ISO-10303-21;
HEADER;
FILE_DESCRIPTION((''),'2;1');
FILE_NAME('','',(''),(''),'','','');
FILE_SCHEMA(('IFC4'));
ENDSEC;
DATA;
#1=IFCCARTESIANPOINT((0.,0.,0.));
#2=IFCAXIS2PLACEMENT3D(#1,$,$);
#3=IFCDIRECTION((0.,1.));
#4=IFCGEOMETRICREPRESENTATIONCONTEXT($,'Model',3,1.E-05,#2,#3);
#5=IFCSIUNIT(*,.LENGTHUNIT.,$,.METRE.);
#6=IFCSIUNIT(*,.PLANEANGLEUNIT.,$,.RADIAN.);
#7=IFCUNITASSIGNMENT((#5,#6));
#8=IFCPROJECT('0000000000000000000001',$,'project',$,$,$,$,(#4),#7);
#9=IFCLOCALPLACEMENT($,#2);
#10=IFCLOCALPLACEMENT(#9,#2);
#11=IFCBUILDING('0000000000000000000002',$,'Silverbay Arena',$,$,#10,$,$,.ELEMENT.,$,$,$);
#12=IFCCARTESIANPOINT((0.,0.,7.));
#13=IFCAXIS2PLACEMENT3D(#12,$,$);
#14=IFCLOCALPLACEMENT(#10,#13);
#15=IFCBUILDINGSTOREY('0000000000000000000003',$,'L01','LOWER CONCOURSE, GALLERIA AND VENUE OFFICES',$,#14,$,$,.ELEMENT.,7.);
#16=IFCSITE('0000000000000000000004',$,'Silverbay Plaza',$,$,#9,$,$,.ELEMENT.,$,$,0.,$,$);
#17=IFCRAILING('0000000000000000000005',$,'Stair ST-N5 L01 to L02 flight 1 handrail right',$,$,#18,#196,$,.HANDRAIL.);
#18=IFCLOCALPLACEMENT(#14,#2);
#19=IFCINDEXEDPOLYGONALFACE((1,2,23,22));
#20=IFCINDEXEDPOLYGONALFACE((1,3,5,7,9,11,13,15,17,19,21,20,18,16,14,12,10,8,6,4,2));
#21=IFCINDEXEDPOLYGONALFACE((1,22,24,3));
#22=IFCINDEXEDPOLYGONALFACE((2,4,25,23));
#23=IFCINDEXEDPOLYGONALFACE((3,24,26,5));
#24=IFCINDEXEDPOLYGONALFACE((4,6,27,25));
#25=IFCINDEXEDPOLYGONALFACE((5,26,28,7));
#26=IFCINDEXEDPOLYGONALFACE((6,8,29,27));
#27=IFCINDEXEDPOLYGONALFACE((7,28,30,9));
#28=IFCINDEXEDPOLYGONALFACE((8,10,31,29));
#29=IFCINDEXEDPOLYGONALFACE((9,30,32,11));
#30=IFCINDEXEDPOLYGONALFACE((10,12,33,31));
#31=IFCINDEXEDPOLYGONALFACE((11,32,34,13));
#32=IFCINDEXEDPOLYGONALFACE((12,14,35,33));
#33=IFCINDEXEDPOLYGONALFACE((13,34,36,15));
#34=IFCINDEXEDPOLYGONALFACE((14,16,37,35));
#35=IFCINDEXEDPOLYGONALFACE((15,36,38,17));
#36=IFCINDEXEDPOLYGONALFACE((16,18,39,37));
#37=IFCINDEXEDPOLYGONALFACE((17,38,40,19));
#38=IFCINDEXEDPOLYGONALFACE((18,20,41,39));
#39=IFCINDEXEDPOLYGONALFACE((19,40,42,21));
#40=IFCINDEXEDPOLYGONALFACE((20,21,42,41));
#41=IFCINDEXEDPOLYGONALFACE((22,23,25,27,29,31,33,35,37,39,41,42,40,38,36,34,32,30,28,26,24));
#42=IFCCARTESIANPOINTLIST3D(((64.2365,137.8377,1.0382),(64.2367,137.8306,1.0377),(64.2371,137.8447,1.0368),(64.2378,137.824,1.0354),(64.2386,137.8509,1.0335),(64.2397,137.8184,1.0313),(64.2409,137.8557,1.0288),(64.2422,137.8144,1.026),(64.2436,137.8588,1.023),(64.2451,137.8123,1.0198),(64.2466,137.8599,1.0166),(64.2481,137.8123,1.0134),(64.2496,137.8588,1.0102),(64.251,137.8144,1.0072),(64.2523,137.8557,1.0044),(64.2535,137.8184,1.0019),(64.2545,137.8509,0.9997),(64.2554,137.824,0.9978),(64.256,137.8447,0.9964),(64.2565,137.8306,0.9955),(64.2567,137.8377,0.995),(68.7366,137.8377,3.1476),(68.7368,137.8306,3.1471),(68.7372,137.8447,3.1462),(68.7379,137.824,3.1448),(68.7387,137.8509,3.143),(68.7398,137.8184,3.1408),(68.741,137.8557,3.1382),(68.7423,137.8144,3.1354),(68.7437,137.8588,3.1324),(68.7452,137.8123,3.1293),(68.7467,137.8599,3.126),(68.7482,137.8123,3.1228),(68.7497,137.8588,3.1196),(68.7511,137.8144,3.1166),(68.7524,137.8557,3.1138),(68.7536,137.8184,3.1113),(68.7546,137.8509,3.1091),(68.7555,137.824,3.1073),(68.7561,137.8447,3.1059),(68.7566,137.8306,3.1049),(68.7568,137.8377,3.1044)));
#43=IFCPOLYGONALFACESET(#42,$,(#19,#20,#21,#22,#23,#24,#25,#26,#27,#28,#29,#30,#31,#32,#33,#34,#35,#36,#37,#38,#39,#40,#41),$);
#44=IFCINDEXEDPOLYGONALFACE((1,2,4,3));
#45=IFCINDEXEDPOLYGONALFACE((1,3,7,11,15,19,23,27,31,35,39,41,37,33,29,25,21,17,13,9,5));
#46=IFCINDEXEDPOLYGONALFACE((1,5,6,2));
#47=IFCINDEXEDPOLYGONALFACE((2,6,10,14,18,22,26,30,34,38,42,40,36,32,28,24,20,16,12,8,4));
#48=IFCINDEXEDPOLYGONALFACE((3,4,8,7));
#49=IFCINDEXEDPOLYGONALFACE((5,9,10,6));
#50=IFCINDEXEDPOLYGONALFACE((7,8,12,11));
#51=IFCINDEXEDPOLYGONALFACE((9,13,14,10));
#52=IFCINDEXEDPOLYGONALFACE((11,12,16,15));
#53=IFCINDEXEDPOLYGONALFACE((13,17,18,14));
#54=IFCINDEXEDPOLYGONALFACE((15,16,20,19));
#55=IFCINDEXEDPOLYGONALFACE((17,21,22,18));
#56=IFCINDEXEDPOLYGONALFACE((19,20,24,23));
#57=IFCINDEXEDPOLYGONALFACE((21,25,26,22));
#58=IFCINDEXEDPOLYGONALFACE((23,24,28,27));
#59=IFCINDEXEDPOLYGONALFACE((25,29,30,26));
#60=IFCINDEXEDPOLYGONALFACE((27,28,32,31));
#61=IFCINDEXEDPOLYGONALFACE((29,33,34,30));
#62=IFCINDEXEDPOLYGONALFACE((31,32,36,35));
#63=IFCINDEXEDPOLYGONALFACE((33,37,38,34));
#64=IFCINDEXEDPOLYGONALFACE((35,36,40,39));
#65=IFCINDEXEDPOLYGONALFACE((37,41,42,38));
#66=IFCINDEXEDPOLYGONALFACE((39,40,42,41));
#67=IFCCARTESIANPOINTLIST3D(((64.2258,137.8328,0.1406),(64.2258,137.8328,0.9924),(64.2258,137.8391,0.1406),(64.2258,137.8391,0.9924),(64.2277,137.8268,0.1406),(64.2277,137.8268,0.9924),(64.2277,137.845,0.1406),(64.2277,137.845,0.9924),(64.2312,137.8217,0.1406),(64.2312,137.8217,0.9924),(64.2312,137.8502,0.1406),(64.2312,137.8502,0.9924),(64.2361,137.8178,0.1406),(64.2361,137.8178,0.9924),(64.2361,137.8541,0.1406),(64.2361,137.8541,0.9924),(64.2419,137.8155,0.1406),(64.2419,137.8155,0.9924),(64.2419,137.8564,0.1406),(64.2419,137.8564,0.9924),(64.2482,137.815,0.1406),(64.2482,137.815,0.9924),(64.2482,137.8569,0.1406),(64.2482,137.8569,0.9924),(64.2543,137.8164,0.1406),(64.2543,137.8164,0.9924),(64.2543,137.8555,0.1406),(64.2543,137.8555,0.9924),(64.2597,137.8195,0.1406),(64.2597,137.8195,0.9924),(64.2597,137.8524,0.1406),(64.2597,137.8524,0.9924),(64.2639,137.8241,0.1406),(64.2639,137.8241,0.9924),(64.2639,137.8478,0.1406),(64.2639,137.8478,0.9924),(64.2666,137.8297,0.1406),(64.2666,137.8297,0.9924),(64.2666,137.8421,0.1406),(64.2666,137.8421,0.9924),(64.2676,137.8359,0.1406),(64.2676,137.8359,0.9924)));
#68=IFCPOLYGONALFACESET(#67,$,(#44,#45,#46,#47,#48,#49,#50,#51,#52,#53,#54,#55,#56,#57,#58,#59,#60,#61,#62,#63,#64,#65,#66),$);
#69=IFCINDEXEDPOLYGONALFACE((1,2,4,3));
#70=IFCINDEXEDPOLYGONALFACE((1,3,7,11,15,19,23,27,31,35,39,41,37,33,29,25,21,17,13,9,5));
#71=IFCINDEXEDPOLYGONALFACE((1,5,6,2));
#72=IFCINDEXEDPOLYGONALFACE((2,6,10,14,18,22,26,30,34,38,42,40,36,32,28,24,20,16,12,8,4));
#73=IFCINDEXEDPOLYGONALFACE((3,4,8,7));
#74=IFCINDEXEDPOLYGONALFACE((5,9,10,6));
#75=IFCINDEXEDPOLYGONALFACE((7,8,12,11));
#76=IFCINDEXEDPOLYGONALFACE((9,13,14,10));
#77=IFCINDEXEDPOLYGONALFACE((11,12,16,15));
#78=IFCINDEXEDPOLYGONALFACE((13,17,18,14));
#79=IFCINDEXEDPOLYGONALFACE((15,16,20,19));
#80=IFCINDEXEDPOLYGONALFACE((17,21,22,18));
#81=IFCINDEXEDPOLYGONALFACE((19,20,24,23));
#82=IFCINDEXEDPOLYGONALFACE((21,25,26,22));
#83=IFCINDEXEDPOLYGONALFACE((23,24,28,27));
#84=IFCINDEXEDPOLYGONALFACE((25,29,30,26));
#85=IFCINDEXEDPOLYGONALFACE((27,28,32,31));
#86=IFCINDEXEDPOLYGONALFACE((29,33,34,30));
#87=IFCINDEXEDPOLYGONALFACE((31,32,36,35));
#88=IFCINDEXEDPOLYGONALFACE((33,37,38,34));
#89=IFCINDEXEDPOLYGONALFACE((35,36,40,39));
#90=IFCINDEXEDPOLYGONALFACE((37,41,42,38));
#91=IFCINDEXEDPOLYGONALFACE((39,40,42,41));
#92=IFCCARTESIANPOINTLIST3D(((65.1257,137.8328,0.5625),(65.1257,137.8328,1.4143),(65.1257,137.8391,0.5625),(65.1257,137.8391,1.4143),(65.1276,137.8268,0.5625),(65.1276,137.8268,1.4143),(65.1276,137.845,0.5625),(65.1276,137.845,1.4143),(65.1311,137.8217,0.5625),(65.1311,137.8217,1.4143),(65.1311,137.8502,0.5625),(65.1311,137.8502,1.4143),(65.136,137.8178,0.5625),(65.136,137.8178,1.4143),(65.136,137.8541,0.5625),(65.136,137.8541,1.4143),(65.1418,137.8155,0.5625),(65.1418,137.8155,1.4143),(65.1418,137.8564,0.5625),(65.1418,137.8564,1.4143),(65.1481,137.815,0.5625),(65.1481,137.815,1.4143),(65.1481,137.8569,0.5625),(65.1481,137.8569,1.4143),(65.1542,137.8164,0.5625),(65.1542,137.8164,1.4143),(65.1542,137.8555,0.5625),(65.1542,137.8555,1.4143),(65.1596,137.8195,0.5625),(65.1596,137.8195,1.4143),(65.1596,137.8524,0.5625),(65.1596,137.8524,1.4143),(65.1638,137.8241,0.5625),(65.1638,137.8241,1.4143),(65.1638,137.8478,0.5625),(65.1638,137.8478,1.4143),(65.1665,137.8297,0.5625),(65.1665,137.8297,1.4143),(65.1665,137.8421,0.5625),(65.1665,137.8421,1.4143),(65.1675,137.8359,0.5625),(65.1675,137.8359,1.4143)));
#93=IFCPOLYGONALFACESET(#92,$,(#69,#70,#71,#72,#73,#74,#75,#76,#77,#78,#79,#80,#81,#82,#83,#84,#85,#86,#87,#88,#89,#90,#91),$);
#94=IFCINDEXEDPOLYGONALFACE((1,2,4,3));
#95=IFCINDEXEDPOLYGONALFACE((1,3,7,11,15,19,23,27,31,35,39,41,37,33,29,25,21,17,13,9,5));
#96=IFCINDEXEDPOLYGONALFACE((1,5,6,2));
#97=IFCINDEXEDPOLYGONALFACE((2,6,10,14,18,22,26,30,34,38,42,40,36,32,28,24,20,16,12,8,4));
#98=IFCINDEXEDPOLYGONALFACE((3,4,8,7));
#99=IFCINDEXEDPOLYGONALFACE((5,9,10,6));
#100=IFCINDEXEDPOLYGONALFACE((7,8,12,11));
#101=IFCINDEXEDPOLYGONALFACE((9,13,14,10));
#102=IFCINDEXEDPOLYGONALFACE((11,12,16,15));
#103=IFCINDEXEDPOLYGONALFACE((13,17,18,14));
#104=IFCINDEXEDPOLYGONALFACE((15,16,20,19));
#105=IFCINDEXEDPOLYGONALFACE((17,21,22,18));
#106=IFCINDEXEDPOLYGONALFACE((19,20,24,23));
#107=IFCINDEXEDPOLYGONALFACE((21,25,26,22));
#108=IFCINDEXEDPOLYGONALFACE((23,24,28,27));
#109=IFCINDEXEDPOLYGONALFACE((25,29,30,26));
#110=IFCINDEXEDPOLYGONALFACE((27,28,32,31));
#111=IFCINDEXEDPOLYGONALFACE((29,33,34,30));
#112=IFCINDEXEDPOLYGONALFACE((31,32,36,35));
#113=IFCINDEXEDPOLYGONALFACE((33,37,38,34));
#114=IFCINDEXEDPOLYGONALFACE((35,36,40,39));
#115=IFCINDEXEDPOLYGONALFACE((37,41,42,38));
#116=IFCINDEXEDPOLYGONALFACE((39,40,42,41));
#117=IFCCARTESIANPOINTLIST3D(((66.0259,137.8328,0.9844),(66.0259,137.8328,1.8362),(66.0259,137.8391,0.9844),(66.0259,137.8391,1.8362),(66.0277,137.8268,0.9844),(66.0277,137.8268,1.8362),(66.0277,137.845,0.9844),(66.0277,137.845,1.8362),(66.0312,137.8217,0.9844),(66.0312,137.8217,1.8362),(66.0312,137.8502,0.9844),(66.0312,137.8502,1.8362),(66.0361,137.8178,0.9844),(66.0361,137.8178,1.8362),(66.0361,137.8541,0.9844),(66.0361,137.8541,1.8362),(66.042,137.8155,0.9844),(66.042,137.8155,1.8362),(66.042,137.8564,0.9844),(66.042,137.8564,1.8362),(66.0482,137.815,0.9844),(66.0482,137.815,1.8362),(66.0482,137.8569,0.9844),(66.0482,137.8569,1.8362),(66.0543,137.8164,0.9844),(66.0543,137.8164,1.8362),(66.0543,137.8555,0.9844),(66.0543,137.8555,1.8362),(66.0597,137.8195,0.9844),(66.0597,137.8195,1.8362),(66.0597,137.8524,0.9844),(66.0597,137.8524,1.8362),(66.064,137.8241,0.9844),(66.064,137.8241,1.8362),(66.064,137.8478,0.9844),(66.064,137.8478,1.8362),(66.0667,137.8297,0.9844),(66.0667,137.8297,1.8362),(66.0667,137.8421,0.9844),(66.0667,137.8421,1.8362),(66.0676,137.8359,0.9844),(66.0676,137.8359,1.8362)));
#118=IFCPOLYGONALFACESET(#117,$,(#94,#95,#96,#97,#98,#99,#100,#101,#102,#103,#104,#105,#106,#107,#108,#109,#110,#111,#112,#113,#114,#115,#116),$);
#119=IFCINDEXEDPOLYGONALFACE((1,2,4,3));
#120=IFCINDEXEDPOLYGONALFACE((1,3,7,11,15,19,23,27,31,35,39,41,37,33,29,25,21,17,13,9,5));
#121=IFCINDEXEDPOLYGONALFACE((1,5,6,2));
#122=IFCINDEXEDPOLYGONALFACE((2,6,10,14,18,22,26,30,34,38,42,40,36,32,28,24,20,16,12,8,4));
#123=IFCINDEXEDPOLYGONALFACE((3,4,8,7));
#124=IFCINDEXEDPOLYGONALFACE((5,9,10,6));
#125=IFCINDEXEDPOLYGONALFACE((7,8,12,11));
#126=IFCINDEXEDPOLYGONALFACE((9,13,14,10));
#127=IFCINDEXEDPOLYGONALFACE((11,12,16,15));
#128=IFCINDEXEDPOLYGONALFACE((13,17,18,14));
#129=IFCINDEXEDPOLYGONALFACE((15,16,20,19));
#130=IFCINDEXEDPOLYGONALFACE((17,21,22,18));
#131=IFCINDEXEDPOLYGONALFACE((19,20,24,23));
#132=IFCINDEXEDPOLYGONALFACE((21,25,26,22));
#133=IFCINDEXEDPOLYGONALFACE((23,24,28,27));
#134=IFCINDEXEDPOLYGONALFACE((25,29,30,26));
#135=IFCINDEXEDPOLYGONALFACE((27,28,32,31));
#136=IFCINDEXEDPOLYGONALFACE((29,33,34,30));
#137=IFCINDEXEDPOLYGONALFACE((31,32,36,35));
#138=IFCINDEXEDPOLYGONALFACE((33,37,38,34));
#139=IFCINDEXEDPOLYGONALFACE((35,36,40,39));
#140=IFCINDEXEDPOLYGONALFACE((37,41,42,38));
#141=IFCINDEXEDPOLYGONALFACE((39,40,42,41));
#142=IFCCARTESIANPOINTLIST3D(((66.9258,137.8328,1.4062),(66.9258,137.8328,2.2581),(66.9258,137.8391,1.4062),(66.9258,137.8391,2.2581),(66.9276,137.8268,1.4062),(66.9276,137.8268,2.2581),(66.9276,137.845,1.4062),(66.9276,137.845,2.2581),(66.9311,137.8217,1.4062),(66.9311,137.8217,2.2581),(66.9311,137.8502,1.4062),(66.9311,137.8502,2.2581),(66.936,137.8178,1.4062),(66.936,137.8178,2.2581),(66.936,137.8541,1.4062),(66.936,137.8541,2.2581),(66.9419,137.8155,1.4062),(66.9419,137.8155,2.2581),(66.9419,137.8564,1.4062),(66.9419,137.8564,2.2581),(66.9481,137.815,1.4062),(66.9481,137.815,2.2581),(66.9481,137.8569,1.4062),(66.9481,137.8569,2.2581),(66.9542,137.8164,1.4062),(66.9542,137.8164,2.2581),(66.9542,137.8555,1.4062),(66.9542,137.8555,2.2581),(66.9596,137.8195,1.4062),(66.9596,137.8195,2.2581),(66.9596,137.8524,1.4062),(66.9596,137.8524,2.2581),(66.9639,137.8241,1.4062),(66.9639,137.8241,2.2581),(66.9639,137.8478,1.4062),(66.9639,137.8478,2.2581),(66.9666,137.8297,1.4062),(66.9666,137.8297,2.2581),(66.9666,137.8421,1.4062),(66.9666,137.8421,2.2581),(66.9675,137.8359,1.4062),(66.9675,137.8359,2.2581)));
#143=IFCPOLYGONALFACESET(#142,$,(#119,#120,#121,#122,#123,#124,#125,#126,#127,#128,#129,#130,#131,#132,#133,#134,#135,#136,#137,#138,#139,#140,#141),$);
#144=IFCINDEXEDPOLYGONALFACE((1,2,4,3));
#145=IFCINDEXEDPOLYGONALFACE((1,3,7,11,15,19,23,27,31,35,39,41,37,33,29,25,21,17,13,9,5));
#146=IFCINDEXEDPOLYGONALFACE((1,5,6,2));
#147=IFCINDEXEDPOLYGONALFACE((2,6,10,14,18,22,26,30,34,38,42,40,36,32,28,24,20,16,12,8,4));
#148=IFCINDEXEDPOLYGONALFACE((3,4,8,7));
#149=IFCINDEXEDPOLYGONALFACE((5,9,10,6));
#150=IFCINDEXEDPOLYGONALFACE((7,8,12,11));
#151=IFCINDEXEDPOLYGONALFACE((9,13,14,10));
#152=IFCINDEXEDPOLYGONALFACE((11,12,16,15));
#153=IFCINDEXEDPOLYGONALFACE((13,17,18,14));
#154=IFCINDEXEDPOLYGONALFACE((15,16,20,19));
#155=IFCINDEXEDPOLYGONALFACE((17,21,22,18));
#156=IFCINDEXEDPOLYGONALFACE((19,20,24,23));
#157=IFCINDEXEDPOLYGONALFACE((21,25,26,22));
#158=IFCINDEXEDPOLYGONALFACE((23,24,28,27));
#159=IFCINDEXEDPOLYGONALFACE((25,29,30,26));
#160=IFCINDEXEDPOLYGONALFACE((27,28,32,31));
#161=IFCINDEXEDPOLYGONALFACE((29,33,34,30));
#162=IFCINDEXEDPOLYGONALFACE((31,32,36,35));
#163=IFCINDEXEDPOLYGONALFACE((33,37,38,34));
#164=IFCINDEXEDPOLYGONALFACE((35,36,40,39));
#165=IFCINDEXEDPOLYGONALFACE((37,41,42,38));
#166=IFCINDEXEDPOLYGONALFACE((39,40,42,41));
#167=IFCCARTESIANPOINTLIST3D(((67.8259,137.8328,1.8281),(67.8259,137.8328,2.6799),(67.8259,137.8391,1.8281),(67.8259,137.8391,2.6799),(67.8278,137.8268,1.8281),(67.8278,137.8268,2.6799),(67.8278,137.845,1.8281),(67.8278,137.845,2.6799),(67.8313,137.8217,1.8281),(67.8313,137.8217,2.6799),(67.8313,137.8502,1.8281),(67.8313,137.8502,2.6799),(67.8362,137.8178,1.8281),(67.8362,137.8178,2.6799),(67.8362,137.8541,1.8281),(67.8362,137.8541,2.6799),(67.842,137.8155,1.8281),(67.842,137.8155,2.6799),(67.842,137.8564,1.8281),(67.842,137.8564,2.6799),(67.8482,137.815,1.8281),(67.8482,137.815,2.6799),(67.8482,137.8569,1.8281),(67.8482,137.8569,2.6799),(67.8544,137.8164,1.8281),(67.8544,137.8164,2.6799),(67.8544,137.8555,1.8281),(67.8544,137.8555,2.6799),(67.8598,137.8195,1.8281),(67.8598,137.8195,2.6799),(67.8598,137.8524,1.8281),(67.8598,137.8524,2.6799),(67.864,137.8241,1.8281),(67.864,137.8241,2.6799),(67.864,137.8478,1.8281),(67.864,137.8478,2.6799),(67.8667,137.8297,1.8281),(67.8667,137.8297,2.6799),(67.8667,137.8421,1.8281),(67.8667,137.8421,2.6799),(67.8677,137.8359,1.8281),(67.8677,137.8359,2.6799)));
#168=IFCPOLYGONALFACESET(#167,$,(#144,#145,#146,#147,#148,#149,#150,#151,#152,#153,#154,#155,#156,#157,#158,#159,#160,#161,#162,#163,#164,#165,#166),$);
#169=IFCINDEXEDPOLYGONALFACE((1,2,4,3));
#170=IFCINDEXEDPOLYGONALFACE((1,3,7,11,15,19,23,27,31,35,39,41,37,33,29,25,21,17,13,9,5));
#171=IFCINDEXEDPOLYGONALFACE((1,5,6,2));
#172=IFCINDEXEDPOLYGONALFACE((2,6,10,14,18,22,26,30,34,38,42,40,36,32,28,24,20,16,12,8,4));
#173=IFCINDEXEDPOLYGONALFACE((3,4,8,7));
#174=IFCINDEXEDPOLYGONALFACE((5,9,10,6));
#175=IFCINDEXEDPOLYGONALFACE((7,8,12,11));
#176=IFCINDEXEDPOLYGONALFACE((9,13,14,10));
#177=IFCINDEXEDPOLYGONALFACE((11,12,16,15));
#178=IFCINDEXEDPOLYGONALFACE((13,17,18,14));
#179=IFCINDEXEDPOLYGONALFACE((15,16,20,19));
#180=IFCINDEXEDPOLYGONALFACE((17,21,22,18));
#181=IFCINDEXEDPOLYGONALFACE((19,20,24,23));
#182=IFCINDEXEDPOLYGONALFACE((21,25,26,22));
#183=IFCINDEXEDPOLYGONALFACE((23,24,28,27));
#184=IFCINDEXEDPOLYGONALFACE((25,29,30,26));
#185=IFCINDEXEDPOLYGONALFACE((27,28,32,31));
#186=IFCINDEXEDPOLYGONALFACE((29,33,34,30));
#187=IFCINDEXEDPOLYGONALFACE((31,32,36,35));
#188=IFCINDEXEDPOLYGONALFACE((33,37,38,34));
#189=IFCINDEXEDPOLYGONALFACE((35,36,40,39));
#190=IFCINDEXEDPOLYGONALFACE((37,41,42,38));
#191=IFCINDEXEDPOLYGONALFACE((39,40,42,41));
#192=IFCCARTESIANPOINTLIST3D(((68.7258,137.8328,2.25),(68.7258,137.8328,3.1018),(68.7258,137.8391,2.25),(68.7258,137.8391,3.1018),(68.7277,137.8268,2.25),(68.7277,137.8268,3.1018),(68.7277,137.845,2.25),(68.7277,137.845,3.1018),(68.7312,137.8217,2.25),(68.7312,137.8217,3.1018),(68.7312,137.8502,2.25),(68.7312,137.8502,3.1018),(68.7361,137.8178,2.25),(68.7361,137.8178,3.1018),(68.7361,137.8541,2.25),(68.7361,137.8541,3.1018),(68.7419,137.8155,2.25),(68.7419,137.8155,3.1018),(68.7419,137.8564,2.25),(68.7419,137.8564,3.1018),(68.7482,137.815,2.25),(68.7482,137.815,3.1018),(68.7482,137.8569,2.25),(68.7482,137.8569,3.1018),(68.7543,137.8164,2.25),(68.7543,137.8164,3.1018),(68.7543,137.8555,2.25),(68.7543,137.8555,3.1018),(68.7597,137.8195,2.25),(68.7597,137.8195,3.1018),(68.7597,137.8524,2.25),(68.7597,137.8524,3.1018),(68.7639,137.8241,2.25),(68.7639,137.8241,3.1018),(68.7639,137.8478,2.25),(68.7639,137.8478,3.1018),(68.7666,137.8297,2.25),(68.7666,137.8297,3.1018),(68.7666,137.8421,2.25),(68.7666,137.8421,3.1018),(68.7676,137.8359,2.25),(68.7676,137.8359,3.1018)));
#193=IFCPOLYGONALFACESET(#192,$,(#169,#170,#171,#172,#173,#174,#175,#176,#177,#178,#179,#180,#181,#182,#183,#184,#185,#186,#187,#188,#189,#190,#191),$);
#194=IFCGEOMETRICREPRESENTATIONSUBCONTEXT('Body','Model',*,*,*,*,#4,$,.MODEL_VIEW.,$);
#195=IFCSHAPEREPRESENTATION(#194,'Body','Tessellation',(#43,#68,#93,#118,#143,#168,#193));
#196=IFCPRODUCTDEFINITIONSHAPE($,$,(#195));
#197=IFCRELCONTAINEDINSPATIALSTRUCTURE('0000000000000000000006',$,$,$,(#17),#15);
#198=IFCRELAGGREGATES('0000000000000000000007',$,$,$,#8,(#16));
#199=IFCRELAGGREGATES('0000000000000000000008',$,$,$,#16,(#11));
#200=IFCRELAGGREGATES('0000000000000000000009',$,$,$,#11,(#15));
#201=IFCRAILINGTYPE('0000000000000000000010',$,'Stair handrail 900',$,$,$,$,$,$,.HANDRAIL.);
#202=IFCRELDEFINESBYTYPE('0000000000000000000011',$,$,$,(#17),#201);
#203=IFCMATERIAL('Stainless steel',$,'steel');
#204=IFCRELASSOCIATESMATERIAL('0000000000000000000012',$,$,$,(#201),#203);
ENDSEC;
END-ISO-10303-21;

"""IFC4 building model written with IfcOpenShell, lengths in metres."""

from ifc_helpers import new_model, si_unit, direction, frame, origin, origin_2d, place, context, subcontext, project, spatial, circle, extrude, material, type_object, element, save


model = new_model("IFC4")

# Units and contexts
model_context = context("Model", 3, precision=1e-05, world=origin(), true_north=direction((0.0, 1.0)))
body_context = subcontext(model_context, "Body", "Model", "MODEL_VIEW")
ifc_project = project(units=[si_unit("LENGTHUNIT", "METRE"), si_unit("PLANEANGLEUNIT", "RADIAN")], contexts=[model_context])

# Site, building, storey
site_placement = place(None, origin())
site = spatial("IfcSite", under=ifc_project, at=site_placement, Name="Silverbay Plaza", CompositionType="ELEMENT", RefElevation=0.0)
building_placement = place(site_placement, origin())
building = spatial("IfcBuilding", under=site, at=building_placement, Name="Silverbay Arena", CompositionType="ELEMENT")
storey_placement = place(building_placement, frame((0.0, 0.0, 7.0)))
storey = spatial("IfcBuildingStorey", under=building, at=storey_placement, Name="L01", Description="LOWER CONCOURSE, GALLERIA AND VENUE OFFICES", CompositionType="ELEMENT", Elevation=7.0)

# Railing
ifc_material_1 = material(Name="Stainless steel", Category="steel")
railing_type_1 = type_object("IfcRailingType", Name="Stair handrail 900", PredefinedType="HANDRAIL", material=ifc_material_1)
for number, where, name in (
    (1, (64.2466, 137.8359, 0.1406), "Stair ST-N5 L01 to L02 flight 1 handrail right"),
):
    element("IfcRailing", number, at=place(storey_placement, frame(where)), inside=storey, type_object=railing_type_1, Name=name, PredefinedType="HANDRAIL", context=body_context, shape_type="SweptSolid", body=[
        extrude(circle(Radius=0.0239, at=origin_2d()), frame((0.0, 0.0, 0.876), z_axis=(0.905459, 0.0, 0.424434), x_axis=(0.0, 1.0, 0.0)), (0.0, 0.0, 1.0), 4.97),
        extrude(circle(Radius=0.021, at=origin_2d()), origin(), (0.0, 0.0, 1.0), 0.8518),
        extrude(circle(Radius=0.021, at=origin_2d()), frame((0.8999, 0.0, 0.4219)), (0.0, 0.0, 1.0), 0.8518),
        extrude(circle(Radius=0.021, at=origin_2d()), frame((1.8, 0.0, 0.8438)), (0.0, 0.0, 1.0), 0.8518),
        extrude(circle(Radius=0.021, at=origin_2d()), frame((2.7, 0.0, 1.2656)), (0.0, 0.0, 1.0), 0.8518),
        extrude(circle(Radius=0.021, at=origin_2d()), frame((3.6001, 0.0, 1.6875)), (0.0, 0.0, 1.0), 0.8518),
        extrude(circle(Radius=0.021, at=origin_2d()), frame((4.5, 0.0, 2.1094)), (0.0, 0.0, 1.0), 0.8518),
    ])

save(model, "model.ifc")
